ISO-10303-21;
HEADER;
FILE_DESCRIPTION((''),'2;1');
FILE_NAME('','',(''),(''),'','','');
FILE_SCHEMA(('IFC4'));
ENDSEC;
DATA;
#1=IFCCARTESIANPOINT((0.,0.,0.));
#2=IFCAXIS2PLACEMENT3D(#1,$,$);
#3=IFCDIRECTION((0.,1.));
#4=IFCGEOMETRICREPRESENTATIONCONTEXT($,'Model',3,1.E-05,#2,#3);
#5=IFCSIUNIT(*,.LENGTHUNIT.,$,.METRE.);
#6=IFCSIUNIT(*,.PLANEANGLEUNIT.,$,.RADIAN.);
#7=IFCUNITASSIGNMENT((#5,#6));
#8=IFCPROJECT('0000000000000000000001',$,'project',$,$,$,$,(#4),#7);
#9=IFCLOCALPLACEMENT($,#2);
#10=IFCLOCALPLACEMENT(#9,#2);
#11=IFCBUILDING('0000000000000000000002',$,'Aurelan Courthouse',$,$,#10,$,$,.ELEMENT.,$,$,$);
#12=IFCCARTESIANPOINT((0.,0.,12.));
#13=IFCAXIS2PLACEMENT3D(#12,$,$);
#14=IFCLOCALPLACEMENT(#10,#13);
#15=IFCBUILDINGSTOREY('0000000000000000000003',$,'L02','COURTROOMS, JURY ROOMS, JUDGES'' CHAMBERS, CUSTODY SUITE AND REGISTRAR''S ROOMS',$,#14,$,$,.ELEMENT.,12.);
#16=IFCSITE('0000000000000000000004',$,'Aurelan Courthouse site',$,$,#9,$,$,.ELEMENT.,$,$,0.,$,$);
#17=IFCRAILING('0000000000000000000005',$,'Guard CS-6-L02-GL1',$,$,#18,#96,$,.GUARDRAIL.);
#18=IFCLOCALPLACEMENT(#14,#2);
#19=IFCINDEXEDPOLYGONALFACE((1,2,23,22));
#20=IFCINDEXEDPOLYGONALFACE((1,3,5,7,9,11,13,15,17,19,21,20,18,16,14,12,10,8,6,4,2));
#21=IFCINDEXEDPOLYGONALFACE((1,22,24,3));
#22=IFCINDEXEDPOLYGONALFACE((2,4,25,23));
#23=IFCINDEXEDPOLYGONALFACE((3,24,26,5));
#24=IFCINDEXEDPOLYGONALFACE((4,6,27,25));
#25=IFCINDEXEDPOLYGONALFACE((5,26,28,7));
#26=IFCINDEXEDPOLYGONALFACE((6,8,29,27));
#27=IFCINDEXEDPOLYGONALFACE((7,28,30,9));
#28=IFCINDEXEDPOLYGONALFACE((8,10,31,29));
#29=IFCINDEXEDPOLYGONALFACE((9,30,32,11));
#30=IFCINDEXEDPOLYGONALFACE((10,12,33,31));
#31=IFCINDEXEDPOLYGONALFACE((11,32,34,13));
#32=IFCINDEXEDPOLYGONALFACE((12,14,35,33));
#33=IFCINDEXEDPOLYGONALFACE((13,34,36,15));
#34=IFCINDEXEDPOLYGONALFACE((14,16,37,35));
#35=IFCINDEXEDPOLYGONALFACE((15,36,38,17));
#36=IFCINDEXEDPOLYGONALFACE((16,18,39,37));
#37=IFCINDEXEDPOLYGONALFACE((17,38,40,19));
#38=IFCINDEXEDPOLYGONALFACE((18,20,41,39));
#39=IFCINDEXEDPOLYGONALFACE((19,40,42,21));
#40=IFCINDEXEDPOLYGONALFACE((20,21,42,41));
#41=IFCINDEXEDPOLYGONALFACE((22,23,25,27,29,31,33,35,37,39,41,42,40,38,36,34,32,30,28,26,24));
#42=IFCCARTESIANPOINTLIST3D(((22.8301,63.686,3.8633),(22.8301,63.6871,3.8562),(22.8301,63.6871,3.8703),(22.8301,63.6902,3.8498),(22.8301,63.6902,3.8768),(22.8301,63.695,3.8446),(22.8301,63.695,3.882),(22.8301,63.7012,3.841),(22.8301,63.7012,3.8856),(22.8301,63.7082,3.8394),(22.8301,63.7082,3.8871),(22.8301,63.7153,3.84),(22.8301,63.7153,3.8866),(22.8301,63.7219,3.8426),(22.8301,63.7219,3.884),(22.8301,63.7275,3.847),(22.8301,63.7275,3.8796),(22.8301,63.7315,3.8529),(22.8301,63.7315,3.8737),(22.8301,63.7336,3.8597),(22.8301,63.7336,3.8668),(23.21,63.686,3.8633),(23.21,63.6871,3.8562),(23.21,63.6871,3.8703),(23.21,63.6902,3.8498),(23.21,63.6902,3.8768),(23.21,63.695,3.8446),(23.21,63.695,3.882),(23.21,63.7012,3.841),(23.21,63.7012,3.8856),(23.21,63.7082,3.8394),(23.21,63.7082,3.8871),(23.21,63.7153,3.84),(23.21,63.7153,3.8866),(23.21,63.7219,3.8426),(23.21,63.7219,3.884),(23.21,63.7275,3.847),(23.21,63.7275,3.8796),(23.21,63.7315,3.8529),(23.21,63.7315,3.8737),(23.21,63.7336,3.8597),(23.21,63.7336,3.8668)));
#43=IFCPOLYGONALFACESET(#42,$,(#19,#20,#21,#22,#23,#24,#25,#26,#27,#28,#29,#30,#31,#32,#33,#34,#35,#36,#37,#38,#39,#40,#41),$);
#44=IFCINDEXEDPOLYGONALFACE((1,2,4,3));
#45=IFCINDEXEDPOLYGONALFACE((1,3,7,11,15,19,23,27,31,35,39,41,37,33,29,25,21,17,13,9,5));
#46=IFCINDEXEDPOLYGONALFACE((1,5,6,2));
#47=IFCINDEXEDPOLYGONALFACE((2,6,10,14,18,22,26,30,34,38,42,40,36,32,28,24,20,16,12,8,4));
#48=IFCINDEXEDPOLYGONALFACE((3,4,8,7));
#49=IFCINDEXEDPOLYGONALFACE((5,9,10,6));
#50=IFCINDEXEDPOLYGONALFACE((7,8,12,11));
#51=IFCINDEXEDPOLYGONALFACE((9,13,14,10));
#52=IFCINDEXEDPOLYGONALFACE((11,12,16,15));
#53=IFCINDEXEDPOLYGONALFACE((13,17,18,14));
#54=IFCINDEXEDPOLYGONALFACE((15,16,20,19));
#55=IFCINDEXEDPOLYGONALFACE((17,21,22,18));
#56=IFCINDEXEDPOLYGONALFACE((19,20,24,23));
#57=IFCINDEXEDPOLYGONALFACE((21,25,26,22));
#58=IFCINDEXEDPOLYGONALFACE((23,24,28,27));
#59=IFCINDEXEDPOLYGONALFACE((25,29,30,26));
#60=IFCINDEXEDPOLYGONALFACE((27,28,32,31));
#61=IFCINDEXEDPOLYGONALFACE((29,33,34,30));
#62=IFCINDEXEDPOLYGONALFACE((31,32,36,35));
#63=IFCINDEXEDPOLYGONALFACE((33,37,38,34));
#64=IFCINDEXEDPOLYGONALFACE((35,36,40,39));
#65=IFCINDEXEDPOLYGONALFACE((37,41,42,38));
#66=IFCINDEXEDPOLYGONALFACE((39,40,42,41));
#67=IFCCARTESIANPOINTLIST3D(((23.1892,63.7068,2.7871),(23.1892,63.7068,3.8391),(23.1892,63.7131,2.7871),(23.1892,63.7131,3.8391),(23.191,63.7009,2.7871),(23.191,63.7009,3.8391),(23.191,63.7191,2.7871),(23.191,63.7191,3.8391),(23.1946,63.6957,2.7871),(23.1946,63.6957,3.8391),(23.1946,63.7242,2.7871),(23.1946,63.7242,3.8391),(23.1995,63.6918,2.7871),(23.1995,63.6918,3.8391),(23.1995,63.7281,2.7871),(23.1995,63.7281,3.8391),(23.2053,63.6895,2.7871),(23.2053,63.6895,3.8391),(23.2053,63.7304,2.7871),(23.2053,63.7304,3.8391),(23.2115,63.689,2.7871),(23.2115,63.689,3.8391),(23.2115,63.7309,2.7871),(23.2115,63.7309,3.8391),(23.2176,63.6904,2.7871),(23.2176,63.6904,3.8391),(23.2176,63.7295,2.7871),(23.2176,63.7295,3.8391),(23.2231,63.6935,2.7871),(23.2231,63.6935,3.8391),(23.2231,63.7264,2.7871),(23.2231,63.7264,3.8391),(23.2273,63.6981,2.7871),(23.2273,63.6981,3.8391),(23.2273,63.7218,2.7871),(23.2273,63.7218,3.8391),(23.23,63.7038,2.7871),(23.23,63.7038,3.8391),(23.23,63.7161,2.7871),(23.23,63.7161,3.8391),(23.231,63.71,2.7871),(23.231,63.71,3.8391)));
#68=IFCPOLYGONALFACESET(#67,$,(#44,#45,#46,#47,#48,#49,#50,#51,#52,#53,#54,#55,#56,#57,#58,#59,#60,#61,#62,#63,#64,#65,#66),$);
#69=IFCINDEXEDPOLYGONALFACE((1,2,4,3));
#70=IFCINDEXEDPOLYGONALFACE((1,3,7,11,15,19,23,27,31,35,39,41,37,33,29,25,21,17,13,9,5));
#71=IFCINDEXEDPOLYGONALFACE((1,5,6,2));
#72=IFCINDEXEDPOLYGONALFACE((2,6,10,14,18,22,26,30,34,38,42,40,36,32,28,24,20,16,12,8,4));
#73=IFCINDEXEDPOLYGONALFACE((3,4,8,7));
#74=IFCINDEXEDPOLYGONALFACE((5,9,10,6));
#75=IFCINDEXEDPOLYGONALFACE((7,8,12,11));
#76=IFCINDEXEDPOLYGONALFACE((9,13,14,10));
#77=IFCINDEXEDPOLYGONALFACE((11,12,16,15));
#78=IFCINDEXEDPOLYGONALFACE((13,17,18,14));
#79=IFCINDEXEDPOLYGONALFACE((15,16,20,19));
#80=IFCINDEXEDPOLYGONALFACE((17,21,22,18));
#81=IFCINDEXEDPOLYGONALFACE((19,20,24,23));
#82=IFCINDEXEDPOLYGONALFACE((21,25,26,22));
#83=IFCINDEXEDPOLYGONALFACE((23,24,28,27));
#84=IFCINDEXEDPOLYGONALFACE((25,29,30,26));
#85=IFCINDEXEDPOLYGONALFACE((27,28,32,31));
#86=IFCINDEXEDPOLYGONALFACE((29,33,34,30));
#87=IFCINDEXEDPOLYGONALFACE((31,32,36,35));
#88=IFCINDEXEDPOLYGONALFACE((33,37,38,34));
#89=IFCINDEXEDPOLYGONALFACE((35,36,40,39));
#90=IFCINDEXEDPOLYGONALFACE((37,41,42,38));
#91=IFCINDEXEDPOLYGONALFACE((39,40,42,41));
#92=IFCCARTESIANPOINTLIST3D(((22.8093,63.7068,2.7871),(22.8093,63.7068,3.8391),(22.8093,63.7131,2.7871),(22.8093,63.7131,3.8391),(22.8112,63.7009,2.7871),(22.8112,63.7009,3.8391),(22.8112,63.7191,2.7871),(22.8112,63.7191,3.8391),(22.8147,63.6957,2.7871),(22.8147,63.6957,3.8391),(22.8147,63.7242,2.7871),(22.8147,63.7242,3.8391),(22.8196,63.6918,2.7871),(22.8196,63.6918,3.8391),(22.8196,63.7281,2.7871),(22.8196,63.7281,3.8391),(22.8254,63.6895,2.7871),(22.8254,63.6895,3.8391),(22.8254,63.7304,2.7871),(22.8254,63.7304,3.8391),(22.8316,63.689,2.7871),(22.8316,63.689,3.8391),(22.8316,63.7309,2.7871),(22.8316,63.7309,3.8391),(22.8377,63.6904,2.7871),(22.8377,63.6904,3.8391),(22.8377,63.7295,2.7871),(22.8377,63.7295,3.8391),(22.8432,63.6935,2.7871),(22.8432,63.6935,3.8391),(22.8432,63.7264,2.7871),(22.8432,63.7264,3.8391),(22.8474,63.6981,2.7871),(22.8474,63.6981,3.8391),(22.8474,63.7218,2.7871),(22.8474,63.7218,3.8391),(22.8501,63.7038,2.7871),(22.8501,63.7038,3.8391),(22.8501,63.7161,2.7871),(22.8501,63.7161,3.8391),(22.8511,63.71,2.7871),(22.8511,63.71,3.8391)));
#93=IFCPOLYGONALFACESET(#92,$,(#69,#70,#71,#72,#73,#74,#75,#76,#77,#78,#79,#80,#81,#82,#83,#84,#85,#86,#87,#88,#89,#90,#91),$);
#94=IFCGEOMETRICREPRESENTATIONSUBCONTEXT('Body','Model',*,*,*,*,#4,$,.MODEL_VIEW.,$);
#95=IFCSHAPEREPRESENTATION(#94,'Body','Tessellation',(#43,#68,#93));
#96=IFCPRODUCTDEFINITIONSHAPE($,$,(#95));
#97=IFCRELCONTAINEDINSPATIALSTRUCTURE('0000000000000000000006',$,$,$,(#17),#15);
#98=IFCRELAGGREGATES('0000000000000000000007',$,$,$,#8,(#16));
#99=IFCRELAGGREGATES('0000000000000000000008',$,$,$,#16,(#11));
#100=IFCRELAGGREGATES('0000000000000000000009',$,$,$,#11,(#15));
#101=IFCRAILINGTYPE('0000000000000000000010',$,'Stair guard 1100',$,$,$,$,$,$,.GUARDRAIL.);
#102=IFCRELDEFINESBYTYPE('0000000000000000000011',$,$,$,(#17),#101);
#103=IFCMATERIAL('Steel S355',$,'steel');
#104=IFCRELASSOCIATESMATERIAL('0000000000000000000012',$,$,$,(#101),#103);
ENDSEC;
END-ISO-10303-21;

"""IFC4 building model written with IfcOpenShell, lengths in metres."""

from ifc_helpers import new_model, si_unit, direction, frame, origin, origin_2d, place, context, subcontext, project, spatial, circle, extrude, material, type_object, element, save


model = new_model("IFC4")

# Units and contexts
model_context = context("Model", 3, precision=1e-05, world=origin(), true_north=direction((0.0, 1.0)))
body_context = subcontext(model_context, "Body", "Model", "MODEL_VIEW")
ifc_project = project(units=[si_unit("LENGTHUNIT", "METRE"), si_unit("PLANEANGLEUNIT", "RADIAN")], contexts=[model_context])

# Site, building, storey
site_placement = place(None, origin())
site = spatial("IfcSite", under=ifc_project, at=site_placement, Name="Aurelan Courthouse site", CompositionType="ELEMENT", RefElevation=0.0)
building_placement = place(site_placement, origin())
building = spatial("IfcBuilding", under=site, at=building_placement, Name="Aurelan Courthouse", CompositionType="ELEMENT")
storey_placement = place(building_placement, frame((0.0, 0.0, 12.0)))
storey = spatial("IfcBuildingStorey", under=building, at=storey_placement, Name="L02", Description="COURTROOMS, JURY ROOMS, JUDGES' CHAMBERS, CUSTODY SUITE AND REGISTRAR'S ROOMS", CompositionType="ELEMENT", Elevation=12.0)

# Railing
ifc_material_1 = material(Name="Steel S355", Category="steel")
railing_type_1 = type_object("IfcRailingType", Name="Stair guard 1100", PredefinedType="GUARDRAIL", material=ifc_material_1)
railing_1_placement = place(storey_placement, frame((23.21, 63.71, 2.7871)))
element("IfcRailing", 1, at=railing_1_placement, inside=storey, type_object=railing_type_1, Name="Guard CS-6-L02-GL1", PredefinedType="GUARDRAIL", context=body_context, shape_type="SweptSolid", body=[
    extrude(circle(Radius=0.0239, at=origin_2d()), frame((0.0, 0.0, 1.0762), z_axis=(-1.0, 0.0, 0.0), x_axis=(0.0, -1.0, 0.0)), (0.0, 0.0, 1.0), 0.3799),
    extrude(circle(Radius=0.021, at=origin_2d()), origin(), (0.0, 0.0, 1.0), 1.052),
    extrude(circle(Radius=0.021, at=origin_2d()), frame((-0.3799, 0.0, 0.0)), (0.0, 0.0, 1.0), 1.052),
])

save(model, "model.ifc")
